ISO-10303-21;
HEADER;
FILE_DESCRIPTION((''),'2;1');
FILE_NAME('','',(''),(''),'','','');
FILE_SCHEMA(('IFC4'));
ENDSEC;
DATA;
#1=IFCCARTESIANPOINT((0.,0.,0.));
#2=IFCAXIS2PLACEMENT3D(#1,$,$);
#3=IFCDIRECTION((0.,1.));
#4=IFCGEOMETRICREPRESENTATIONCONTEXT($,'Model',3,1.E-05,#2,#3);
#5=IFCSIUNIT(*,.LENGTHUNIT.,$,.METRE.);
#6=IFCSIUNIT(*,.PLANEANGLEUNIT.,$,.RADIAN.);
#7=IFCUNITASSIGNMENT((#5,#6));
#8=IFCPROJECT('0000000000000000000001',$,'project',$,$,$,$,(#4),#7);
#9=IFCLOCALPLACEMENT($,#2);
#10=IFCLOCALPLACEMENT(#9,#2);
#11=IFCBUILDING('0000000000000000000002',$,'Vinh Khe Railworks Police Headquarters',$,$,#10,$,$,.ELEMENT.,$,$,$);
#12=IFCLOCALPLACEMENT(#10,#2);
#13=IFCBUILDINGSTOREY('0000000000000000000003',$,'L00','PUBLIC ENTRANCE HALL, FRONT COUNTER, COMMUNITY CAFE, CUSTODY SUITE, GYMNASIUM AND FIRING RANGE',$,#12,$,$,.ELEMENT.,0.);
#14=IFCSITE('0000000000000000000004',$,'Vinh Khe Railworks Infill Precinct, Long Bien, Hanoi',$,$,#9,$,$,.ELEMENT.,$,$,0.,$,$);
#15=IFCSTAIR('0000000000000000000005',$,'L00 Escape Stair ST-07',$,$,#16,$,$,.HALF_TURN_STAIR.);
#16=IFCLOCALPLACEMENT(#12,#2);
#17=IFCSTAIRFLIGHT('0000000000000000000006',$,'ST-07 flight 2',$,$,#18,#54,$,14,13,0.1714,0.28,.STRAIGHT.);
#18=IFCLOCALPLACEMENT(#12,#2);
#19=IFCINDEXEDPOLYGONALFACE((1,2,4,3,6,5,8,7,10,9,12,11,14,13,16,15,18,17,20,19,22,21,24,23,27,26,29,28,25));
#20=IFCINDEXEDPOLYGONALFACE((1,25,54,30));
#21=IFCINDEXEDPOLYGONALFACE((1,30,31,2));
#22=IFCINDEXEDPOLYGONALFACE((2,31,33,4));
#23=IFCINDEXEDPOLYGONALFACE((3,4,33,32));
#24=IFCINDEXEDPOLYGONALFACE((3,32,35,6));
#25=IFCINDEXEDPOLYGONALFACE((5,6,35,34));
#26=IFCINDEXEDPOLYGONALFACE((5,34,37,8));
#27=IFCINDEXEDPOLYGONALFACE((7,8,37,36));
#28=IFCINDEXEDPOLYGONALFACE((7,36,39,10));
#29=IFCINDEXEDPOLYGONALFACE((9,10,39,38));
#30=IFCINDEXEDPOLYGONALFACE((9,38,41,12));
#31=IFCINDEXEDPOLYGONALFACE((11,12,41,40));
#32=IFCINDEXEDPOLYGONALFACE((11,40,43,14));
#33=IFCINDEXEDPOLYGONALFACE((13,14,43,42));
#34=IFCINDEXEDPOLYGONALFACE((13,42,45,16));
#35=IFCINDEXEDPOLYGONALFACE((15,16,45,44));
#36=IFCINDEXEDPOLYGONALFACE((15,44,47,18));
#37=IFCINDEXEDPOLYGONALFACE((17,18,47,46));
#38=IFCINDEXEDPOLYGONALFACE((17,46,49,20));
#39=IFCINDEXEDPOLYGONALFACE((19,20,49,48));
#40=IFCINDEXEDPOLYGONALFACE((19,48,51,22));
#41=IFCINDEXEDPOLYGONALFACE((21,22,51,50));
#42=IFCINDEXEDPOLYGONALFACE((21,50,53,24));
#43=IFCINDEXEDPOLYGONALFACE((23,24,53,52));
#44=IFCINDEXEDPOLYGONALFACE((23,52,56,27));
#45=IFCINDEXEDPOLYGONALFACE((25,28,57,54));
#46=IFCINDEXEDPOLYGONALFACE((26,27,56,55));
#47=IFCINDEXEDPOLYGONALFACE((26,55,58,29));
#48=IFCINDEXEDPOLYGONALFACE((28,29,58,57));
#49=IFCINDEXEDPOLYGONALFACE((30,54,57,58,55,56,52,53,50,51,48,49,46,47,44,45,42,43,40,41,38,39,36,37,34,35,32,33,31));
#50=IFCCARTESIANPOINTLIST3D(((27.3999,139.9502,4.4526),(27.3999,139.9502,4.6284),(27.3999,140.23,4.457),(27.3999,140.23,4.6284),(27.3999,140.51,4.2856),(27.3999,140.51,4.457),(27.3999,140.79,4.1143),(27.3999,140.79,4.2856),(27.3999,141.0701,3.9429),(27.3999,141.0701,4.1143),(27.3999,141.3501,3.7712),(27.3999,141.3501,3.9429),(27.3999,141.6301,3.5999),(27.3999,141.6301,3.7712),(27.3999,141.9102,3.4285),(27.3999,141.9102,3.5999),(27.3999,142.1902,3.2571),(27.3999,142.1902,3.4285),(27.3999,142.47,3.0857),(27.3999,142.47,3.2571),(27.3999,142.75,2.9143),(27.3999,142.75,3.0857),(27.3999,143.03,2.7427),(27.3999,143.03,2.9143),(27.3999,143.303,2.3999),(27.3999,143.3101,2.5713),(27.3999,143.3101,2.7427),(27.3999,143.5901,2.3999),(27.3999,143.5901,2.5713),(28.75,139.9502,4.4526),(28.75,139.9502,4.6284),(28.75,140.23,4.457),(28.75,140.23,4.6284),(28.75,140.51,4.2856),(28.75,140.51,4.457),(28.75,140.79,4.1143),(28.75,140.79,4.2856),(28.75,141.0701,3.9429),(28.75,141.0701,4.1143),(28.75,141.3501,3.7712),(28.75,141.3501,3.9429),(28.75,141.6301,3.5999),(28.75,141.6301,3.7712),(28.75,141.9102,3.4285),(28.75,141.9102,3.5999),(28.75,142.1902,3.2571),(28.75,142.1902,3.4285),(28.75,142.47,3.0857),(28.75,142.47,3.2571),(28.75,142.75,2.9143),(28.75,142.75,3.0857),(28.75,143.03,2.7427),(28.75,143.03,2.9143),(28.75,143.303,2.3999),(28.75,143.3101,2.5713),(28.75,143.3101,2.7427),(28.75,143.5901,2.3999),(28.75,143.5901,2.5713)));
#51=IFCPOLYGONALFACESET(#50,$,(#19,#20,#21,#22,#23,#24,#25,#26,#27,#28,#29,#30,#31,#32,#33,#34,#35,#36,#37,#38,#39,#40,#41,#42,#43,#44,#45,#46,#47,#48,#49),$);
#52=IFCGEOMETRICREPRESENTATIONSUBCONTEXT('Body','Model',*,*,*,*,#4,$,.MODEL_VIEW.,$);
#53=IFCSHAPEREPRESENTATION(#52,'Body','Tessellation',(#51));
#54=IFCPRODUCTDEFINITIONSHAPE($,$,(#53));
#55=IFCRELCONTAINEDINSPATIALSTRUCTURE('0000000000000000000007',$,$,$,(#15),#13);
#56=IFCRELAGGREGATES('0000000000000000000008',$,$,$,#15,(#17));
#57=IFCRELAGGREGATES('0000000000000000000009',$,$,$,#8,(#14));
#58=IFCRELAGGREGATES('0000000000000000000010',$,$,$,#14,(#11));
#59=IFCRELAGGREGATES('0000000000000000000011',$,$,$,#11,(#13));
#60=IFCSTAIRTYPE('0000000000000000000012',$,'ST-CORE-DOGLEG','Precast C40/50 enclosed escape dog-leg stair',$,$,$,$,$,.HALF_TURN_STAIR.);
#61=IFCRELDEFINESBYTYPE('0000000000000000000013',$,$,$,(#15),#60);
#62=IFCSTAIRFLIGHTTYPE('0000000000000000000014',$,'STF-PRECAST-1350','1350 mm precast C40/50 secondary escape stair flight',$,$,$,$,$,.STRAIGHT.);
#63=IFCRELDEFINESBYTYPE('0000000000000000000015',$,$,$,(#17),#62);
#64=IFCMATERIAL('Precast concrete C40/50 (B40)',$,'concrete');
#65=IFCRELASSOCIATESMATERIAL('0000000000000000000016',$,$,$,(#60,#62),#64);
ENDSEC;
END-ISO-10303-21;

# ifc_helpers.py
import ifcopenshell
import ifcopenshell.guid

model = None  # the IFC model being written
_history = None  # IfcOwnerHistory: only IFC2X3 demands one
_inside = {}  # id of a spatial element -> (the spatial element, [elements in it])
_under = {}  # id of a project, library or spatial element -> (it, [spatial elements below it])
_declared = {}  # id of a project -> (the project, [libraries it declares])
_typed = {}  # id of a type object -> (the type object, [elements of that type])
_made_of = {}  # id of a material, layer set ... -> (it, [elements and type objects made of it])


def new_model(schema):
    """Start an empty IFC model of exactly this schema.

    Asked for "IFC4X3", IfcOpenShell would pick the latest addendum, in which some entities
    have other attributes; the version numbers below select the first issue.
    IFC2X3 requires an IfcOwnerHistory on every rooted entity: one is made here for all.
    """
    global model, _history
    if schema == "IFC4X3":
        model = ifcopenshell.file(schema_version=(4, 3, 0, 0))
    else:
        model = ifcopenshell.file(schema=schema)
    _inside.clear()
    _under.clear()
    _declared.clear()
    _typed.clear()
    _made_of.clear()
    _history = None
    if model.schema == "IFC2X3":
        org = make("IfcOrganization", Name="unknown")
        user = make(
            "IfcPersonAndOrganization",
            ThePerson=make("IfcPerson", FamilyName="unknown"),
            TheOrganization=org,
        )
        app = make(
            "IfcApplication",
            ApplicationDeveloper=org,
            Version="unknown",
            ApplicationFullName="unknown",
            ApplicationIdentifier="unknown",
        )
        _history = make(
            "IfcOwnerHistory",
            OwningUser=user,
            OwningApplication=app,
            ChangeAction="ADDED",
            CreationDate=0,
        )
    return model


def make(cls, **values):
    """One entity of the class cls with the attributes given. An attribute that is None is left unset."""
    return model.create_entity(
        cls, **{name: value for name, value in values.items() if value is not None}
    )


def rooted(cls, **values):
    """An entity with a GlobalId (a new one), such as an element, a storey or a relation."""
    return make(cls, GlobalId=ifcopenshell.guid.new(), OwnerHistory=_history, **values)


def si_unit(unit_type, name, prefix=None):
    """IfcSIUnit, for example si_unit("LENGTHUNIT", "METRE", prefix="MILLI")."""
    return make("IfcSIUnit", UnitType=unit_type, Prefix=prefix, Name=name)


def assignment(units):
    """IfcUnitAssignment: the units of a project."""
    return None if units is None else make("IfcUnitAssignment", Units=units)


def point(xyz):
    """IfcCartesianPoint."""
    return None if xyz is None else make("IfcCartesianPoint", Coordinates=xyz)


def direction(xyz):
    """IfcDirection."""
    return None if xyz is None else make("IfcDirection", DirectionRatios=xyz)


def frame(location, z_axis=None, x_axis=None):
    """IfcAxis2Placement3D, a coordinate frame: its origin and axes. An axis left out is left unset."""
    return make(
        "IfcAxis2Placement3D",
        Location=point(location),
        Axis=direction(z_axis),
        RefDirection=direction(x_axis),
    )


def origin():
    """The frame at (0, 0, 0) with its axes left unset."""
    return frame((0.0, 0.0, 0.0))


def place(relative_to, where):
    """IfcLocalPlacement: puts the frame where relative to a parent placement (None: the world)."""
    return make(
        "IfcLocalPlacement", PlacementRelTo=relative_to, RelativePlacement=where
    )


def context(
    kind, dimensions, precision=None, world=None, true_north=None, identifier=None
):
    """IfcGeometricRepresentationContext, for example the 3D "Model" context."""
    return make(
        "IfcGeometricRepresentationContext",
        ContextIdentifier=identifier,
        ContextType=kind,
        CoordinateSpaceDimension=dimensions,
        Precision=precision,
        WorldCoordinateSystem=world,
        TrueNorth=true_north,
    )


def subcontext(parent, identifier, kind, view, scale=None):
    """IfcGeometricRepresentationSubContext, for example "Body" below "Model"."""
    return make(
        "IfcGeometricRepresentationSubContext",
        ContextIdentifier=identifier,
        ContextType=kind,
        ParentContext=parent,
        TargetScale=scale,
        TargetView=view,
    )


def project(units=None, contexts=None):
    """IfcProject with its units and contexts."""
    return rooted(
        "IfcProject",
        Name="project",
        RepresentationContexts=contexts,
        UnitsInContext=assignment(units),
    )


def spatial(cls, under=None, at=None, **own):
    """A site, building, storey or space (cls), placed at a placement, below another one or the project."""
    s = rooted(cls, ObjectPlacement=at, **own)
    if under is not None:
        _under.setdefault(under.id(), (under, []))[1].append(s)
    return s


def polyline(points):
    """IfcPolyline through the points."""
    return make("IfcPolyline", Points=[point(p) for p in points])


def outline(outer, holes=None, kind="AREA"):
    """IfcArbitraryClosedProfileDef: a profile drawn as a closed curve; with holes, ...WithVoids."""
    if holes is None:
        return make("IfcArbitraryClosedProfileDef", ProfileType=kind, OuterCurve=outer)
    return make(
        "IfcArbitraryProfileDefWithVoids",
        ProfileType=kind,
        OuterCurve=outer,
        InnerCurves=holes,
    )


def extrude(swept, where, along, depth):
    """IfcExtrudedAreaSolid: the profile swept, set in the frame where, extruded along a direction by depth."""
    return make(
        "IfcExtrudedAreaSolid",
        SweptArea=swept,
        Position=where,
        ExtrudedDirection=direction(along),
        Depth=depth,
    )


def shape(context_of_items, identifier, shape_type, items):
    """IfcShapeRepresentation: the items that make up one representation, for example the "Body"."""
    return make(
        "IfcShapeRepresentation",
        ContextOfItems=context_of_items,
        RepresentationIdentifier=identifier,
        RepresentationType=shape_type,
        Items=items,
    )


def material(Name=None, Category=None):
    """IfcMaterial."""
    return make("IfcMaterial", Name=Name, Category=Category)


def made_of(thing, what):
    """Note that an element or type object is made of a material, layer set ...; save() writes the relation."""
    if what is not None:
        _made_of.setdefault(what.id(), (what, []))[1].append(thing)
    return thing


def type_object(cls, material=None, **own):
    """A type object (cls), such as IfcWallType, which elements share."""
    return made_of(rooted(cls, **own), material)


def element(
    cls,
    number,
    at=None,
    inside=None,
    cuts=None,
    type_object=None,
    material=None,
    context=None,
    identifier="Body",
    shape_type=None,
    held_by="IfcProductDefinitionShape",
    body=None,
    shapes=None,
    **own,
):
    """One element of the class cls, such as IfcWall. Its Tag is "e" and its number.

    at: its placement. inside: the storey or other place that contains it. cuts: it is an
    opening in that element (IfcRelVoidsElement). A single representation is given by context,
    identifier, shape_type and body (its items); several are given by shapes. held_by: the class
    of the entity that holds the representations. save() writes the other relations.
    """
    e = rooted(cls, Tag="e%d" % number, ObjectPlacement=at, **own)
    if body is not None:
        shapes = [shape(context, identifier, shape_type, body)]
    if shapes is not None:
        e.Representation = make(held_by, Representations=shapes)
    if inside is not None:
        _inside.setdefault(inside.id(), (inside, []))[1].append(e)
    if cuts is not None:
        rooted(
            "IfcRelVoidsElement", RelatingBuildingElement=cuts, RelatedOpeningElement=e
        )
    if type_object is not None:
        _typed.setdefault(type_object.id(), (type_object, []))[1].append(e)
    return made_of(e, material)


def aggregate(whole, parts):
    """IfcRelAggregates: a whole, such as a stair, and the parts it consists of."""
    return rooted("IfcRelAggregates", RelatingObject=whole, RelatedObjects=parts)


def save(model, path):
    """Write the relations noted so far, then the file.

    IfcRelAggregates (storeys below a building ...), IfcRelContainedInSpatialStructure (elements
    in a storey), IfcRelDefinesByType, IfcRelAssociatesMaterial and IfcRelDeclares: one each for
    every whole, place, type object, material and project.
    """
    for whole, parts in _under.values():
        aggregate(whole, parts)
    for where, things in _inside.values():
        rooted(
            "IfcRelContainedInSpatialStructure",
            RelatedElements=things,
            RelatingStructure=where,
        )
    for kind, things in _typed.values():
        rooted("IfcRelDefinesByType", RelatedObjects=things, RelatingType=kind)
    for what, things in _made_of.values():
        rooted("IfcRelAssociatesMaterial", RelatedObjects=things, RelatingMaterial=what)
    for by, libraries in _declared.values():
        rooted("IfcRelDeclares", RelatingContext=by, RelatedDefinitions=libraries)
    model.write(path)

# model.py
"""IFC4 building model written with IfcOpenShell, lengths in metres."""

from ifc_helpers import new_model, si_unit, direction, frame, origin, place, context, subcontext, project, spatial, polyline, outline, extrude, material, type_object, element, aggregate, save


model = new_model("IFC4")

# Units and contexts
model_context = context("Model", 3, precision=1e-05, world=origin(), true_north=direction((0.0, 1.0)))
body_context = subcontext(model_context, "Body", "Model", "MODEL_VIEW")
ifc_project = project(units=[si_unit("LENGTHUNIT", "METRE"), si_unit("PLANEANGLEUNIT", "RADIAN")], contexts=[model_context])

# Site, building, storey
site_placement = place(None, origin())
site = spatial("IfcSite", under=ifc_project, at=site_placement, Name="Vinh Khe Railworks Infill Precinct, Long Bien, Hanoi", CompositionType="ELEMENT", RefElevation=0.0)
building_placement = place(site_placement, origin())
building = spatial("IfcBuilding", under=site, at=building_placement, Name="Vinh Khe Railworks Police Headquarters", CompositionType="ELEMENT")
storey_placement = place(building_placement, origin())
storey = spatial("IfcBuildingStorey", under=building, at=storey_placement, Name="L00", Description="PUBLIC ENTRANCE HALL, FRONT COUNTER, COMMUNITY CAFE, CUSTODY SUITE, GYMNASIUM AND FIRING RANGE", CompositionType="ELEMENT", Elevation=0.0)

# Stair, stair flight
ifc_material_1 = material(Name="Precast concrete C40/50 (B40)", Category="concrete")
stair_type = type_object("IfcStairType", Name="ST-CORE-DOGLEG", Description="Precast C40/50 enclosed escape dog-leg stair", PredefinedType="HALF_TURN_STAIR", material=ifc_material_1)
stair_placement = place(storey_placement, origin())
stair = element("IfcStair", 1, at=stair_placement, inside=storey, type_object=stair_type, Name="L00 Escape Stair ST-07", PredefinedType="HALF_TURN_STAIR")
stair_flight_type = type_object("IfcStairFlightType", Name="STF-PRECAST-1350", Description="1350 mm precast C40/50 secondary escape stair flight", PredefinedType="STRAIGHT", material=ifc_material_1)
stair_flight_placement = place(storey_placement, frame((28.075, 143.5901, 2.3999), z_axis=(0.0, 0.0, 1.0), x_axis=(0.0, -1.0, 0.0)))
stair_flight = element("IfcStairFlight", 2, at=stair_flight_placement, type_object=stair_flight_type, Name="ST-07 flight 2", NumberOfRisers=14, NumberOfTreads=13, PredefinedType="STRAIGHT", RiserHeight=0.1714, TreadLength=0.28, context=body_context, shape_type="SweptSolid", body=[
    extrude(outline(polyline([(0.0, 0.0), (0.0, 0.1714), (0.28, 0.1714), (0.28, 0.3428), (0.5601, 0.3428), (0.5601, 0.5144), (0.8401, 0.5144), (0.8401, 0.6858), (1.1201, 0.6858), (1.1201, 0.8572), (1.3999, 0.8572), (1.3999, 1.0286), (1.6799, 1.0286), (1.6799, 1.2), (1.96, 1.2), (1.96, 1.3713), (2.24, 1.3713), (2.24, 1.543), (2.52, 1.543), (2.52, 1.7144), (2.8, 1.7144), (2.8, 1.8857), (3.0801, 1.8857), (3.0801, 2.0571), (3.3601, 2.0571), (3.3601, 2.2285), (3.6399, 2.2285), (3.6399, 2.3999), (3.6399, 2.0527), (0.2871, 0.0), (0.0, 0.0)])), frame((0.0, 0.675, 0.0), z_axis=(0.0, -1.0, 0.0), x_axis=(1.0, 0.0, 0.0)), (0.0, 0.0, 1.0), 1.3501),
])
aggregate(stair, [stair_flight])

save(model, "model.ifc")
